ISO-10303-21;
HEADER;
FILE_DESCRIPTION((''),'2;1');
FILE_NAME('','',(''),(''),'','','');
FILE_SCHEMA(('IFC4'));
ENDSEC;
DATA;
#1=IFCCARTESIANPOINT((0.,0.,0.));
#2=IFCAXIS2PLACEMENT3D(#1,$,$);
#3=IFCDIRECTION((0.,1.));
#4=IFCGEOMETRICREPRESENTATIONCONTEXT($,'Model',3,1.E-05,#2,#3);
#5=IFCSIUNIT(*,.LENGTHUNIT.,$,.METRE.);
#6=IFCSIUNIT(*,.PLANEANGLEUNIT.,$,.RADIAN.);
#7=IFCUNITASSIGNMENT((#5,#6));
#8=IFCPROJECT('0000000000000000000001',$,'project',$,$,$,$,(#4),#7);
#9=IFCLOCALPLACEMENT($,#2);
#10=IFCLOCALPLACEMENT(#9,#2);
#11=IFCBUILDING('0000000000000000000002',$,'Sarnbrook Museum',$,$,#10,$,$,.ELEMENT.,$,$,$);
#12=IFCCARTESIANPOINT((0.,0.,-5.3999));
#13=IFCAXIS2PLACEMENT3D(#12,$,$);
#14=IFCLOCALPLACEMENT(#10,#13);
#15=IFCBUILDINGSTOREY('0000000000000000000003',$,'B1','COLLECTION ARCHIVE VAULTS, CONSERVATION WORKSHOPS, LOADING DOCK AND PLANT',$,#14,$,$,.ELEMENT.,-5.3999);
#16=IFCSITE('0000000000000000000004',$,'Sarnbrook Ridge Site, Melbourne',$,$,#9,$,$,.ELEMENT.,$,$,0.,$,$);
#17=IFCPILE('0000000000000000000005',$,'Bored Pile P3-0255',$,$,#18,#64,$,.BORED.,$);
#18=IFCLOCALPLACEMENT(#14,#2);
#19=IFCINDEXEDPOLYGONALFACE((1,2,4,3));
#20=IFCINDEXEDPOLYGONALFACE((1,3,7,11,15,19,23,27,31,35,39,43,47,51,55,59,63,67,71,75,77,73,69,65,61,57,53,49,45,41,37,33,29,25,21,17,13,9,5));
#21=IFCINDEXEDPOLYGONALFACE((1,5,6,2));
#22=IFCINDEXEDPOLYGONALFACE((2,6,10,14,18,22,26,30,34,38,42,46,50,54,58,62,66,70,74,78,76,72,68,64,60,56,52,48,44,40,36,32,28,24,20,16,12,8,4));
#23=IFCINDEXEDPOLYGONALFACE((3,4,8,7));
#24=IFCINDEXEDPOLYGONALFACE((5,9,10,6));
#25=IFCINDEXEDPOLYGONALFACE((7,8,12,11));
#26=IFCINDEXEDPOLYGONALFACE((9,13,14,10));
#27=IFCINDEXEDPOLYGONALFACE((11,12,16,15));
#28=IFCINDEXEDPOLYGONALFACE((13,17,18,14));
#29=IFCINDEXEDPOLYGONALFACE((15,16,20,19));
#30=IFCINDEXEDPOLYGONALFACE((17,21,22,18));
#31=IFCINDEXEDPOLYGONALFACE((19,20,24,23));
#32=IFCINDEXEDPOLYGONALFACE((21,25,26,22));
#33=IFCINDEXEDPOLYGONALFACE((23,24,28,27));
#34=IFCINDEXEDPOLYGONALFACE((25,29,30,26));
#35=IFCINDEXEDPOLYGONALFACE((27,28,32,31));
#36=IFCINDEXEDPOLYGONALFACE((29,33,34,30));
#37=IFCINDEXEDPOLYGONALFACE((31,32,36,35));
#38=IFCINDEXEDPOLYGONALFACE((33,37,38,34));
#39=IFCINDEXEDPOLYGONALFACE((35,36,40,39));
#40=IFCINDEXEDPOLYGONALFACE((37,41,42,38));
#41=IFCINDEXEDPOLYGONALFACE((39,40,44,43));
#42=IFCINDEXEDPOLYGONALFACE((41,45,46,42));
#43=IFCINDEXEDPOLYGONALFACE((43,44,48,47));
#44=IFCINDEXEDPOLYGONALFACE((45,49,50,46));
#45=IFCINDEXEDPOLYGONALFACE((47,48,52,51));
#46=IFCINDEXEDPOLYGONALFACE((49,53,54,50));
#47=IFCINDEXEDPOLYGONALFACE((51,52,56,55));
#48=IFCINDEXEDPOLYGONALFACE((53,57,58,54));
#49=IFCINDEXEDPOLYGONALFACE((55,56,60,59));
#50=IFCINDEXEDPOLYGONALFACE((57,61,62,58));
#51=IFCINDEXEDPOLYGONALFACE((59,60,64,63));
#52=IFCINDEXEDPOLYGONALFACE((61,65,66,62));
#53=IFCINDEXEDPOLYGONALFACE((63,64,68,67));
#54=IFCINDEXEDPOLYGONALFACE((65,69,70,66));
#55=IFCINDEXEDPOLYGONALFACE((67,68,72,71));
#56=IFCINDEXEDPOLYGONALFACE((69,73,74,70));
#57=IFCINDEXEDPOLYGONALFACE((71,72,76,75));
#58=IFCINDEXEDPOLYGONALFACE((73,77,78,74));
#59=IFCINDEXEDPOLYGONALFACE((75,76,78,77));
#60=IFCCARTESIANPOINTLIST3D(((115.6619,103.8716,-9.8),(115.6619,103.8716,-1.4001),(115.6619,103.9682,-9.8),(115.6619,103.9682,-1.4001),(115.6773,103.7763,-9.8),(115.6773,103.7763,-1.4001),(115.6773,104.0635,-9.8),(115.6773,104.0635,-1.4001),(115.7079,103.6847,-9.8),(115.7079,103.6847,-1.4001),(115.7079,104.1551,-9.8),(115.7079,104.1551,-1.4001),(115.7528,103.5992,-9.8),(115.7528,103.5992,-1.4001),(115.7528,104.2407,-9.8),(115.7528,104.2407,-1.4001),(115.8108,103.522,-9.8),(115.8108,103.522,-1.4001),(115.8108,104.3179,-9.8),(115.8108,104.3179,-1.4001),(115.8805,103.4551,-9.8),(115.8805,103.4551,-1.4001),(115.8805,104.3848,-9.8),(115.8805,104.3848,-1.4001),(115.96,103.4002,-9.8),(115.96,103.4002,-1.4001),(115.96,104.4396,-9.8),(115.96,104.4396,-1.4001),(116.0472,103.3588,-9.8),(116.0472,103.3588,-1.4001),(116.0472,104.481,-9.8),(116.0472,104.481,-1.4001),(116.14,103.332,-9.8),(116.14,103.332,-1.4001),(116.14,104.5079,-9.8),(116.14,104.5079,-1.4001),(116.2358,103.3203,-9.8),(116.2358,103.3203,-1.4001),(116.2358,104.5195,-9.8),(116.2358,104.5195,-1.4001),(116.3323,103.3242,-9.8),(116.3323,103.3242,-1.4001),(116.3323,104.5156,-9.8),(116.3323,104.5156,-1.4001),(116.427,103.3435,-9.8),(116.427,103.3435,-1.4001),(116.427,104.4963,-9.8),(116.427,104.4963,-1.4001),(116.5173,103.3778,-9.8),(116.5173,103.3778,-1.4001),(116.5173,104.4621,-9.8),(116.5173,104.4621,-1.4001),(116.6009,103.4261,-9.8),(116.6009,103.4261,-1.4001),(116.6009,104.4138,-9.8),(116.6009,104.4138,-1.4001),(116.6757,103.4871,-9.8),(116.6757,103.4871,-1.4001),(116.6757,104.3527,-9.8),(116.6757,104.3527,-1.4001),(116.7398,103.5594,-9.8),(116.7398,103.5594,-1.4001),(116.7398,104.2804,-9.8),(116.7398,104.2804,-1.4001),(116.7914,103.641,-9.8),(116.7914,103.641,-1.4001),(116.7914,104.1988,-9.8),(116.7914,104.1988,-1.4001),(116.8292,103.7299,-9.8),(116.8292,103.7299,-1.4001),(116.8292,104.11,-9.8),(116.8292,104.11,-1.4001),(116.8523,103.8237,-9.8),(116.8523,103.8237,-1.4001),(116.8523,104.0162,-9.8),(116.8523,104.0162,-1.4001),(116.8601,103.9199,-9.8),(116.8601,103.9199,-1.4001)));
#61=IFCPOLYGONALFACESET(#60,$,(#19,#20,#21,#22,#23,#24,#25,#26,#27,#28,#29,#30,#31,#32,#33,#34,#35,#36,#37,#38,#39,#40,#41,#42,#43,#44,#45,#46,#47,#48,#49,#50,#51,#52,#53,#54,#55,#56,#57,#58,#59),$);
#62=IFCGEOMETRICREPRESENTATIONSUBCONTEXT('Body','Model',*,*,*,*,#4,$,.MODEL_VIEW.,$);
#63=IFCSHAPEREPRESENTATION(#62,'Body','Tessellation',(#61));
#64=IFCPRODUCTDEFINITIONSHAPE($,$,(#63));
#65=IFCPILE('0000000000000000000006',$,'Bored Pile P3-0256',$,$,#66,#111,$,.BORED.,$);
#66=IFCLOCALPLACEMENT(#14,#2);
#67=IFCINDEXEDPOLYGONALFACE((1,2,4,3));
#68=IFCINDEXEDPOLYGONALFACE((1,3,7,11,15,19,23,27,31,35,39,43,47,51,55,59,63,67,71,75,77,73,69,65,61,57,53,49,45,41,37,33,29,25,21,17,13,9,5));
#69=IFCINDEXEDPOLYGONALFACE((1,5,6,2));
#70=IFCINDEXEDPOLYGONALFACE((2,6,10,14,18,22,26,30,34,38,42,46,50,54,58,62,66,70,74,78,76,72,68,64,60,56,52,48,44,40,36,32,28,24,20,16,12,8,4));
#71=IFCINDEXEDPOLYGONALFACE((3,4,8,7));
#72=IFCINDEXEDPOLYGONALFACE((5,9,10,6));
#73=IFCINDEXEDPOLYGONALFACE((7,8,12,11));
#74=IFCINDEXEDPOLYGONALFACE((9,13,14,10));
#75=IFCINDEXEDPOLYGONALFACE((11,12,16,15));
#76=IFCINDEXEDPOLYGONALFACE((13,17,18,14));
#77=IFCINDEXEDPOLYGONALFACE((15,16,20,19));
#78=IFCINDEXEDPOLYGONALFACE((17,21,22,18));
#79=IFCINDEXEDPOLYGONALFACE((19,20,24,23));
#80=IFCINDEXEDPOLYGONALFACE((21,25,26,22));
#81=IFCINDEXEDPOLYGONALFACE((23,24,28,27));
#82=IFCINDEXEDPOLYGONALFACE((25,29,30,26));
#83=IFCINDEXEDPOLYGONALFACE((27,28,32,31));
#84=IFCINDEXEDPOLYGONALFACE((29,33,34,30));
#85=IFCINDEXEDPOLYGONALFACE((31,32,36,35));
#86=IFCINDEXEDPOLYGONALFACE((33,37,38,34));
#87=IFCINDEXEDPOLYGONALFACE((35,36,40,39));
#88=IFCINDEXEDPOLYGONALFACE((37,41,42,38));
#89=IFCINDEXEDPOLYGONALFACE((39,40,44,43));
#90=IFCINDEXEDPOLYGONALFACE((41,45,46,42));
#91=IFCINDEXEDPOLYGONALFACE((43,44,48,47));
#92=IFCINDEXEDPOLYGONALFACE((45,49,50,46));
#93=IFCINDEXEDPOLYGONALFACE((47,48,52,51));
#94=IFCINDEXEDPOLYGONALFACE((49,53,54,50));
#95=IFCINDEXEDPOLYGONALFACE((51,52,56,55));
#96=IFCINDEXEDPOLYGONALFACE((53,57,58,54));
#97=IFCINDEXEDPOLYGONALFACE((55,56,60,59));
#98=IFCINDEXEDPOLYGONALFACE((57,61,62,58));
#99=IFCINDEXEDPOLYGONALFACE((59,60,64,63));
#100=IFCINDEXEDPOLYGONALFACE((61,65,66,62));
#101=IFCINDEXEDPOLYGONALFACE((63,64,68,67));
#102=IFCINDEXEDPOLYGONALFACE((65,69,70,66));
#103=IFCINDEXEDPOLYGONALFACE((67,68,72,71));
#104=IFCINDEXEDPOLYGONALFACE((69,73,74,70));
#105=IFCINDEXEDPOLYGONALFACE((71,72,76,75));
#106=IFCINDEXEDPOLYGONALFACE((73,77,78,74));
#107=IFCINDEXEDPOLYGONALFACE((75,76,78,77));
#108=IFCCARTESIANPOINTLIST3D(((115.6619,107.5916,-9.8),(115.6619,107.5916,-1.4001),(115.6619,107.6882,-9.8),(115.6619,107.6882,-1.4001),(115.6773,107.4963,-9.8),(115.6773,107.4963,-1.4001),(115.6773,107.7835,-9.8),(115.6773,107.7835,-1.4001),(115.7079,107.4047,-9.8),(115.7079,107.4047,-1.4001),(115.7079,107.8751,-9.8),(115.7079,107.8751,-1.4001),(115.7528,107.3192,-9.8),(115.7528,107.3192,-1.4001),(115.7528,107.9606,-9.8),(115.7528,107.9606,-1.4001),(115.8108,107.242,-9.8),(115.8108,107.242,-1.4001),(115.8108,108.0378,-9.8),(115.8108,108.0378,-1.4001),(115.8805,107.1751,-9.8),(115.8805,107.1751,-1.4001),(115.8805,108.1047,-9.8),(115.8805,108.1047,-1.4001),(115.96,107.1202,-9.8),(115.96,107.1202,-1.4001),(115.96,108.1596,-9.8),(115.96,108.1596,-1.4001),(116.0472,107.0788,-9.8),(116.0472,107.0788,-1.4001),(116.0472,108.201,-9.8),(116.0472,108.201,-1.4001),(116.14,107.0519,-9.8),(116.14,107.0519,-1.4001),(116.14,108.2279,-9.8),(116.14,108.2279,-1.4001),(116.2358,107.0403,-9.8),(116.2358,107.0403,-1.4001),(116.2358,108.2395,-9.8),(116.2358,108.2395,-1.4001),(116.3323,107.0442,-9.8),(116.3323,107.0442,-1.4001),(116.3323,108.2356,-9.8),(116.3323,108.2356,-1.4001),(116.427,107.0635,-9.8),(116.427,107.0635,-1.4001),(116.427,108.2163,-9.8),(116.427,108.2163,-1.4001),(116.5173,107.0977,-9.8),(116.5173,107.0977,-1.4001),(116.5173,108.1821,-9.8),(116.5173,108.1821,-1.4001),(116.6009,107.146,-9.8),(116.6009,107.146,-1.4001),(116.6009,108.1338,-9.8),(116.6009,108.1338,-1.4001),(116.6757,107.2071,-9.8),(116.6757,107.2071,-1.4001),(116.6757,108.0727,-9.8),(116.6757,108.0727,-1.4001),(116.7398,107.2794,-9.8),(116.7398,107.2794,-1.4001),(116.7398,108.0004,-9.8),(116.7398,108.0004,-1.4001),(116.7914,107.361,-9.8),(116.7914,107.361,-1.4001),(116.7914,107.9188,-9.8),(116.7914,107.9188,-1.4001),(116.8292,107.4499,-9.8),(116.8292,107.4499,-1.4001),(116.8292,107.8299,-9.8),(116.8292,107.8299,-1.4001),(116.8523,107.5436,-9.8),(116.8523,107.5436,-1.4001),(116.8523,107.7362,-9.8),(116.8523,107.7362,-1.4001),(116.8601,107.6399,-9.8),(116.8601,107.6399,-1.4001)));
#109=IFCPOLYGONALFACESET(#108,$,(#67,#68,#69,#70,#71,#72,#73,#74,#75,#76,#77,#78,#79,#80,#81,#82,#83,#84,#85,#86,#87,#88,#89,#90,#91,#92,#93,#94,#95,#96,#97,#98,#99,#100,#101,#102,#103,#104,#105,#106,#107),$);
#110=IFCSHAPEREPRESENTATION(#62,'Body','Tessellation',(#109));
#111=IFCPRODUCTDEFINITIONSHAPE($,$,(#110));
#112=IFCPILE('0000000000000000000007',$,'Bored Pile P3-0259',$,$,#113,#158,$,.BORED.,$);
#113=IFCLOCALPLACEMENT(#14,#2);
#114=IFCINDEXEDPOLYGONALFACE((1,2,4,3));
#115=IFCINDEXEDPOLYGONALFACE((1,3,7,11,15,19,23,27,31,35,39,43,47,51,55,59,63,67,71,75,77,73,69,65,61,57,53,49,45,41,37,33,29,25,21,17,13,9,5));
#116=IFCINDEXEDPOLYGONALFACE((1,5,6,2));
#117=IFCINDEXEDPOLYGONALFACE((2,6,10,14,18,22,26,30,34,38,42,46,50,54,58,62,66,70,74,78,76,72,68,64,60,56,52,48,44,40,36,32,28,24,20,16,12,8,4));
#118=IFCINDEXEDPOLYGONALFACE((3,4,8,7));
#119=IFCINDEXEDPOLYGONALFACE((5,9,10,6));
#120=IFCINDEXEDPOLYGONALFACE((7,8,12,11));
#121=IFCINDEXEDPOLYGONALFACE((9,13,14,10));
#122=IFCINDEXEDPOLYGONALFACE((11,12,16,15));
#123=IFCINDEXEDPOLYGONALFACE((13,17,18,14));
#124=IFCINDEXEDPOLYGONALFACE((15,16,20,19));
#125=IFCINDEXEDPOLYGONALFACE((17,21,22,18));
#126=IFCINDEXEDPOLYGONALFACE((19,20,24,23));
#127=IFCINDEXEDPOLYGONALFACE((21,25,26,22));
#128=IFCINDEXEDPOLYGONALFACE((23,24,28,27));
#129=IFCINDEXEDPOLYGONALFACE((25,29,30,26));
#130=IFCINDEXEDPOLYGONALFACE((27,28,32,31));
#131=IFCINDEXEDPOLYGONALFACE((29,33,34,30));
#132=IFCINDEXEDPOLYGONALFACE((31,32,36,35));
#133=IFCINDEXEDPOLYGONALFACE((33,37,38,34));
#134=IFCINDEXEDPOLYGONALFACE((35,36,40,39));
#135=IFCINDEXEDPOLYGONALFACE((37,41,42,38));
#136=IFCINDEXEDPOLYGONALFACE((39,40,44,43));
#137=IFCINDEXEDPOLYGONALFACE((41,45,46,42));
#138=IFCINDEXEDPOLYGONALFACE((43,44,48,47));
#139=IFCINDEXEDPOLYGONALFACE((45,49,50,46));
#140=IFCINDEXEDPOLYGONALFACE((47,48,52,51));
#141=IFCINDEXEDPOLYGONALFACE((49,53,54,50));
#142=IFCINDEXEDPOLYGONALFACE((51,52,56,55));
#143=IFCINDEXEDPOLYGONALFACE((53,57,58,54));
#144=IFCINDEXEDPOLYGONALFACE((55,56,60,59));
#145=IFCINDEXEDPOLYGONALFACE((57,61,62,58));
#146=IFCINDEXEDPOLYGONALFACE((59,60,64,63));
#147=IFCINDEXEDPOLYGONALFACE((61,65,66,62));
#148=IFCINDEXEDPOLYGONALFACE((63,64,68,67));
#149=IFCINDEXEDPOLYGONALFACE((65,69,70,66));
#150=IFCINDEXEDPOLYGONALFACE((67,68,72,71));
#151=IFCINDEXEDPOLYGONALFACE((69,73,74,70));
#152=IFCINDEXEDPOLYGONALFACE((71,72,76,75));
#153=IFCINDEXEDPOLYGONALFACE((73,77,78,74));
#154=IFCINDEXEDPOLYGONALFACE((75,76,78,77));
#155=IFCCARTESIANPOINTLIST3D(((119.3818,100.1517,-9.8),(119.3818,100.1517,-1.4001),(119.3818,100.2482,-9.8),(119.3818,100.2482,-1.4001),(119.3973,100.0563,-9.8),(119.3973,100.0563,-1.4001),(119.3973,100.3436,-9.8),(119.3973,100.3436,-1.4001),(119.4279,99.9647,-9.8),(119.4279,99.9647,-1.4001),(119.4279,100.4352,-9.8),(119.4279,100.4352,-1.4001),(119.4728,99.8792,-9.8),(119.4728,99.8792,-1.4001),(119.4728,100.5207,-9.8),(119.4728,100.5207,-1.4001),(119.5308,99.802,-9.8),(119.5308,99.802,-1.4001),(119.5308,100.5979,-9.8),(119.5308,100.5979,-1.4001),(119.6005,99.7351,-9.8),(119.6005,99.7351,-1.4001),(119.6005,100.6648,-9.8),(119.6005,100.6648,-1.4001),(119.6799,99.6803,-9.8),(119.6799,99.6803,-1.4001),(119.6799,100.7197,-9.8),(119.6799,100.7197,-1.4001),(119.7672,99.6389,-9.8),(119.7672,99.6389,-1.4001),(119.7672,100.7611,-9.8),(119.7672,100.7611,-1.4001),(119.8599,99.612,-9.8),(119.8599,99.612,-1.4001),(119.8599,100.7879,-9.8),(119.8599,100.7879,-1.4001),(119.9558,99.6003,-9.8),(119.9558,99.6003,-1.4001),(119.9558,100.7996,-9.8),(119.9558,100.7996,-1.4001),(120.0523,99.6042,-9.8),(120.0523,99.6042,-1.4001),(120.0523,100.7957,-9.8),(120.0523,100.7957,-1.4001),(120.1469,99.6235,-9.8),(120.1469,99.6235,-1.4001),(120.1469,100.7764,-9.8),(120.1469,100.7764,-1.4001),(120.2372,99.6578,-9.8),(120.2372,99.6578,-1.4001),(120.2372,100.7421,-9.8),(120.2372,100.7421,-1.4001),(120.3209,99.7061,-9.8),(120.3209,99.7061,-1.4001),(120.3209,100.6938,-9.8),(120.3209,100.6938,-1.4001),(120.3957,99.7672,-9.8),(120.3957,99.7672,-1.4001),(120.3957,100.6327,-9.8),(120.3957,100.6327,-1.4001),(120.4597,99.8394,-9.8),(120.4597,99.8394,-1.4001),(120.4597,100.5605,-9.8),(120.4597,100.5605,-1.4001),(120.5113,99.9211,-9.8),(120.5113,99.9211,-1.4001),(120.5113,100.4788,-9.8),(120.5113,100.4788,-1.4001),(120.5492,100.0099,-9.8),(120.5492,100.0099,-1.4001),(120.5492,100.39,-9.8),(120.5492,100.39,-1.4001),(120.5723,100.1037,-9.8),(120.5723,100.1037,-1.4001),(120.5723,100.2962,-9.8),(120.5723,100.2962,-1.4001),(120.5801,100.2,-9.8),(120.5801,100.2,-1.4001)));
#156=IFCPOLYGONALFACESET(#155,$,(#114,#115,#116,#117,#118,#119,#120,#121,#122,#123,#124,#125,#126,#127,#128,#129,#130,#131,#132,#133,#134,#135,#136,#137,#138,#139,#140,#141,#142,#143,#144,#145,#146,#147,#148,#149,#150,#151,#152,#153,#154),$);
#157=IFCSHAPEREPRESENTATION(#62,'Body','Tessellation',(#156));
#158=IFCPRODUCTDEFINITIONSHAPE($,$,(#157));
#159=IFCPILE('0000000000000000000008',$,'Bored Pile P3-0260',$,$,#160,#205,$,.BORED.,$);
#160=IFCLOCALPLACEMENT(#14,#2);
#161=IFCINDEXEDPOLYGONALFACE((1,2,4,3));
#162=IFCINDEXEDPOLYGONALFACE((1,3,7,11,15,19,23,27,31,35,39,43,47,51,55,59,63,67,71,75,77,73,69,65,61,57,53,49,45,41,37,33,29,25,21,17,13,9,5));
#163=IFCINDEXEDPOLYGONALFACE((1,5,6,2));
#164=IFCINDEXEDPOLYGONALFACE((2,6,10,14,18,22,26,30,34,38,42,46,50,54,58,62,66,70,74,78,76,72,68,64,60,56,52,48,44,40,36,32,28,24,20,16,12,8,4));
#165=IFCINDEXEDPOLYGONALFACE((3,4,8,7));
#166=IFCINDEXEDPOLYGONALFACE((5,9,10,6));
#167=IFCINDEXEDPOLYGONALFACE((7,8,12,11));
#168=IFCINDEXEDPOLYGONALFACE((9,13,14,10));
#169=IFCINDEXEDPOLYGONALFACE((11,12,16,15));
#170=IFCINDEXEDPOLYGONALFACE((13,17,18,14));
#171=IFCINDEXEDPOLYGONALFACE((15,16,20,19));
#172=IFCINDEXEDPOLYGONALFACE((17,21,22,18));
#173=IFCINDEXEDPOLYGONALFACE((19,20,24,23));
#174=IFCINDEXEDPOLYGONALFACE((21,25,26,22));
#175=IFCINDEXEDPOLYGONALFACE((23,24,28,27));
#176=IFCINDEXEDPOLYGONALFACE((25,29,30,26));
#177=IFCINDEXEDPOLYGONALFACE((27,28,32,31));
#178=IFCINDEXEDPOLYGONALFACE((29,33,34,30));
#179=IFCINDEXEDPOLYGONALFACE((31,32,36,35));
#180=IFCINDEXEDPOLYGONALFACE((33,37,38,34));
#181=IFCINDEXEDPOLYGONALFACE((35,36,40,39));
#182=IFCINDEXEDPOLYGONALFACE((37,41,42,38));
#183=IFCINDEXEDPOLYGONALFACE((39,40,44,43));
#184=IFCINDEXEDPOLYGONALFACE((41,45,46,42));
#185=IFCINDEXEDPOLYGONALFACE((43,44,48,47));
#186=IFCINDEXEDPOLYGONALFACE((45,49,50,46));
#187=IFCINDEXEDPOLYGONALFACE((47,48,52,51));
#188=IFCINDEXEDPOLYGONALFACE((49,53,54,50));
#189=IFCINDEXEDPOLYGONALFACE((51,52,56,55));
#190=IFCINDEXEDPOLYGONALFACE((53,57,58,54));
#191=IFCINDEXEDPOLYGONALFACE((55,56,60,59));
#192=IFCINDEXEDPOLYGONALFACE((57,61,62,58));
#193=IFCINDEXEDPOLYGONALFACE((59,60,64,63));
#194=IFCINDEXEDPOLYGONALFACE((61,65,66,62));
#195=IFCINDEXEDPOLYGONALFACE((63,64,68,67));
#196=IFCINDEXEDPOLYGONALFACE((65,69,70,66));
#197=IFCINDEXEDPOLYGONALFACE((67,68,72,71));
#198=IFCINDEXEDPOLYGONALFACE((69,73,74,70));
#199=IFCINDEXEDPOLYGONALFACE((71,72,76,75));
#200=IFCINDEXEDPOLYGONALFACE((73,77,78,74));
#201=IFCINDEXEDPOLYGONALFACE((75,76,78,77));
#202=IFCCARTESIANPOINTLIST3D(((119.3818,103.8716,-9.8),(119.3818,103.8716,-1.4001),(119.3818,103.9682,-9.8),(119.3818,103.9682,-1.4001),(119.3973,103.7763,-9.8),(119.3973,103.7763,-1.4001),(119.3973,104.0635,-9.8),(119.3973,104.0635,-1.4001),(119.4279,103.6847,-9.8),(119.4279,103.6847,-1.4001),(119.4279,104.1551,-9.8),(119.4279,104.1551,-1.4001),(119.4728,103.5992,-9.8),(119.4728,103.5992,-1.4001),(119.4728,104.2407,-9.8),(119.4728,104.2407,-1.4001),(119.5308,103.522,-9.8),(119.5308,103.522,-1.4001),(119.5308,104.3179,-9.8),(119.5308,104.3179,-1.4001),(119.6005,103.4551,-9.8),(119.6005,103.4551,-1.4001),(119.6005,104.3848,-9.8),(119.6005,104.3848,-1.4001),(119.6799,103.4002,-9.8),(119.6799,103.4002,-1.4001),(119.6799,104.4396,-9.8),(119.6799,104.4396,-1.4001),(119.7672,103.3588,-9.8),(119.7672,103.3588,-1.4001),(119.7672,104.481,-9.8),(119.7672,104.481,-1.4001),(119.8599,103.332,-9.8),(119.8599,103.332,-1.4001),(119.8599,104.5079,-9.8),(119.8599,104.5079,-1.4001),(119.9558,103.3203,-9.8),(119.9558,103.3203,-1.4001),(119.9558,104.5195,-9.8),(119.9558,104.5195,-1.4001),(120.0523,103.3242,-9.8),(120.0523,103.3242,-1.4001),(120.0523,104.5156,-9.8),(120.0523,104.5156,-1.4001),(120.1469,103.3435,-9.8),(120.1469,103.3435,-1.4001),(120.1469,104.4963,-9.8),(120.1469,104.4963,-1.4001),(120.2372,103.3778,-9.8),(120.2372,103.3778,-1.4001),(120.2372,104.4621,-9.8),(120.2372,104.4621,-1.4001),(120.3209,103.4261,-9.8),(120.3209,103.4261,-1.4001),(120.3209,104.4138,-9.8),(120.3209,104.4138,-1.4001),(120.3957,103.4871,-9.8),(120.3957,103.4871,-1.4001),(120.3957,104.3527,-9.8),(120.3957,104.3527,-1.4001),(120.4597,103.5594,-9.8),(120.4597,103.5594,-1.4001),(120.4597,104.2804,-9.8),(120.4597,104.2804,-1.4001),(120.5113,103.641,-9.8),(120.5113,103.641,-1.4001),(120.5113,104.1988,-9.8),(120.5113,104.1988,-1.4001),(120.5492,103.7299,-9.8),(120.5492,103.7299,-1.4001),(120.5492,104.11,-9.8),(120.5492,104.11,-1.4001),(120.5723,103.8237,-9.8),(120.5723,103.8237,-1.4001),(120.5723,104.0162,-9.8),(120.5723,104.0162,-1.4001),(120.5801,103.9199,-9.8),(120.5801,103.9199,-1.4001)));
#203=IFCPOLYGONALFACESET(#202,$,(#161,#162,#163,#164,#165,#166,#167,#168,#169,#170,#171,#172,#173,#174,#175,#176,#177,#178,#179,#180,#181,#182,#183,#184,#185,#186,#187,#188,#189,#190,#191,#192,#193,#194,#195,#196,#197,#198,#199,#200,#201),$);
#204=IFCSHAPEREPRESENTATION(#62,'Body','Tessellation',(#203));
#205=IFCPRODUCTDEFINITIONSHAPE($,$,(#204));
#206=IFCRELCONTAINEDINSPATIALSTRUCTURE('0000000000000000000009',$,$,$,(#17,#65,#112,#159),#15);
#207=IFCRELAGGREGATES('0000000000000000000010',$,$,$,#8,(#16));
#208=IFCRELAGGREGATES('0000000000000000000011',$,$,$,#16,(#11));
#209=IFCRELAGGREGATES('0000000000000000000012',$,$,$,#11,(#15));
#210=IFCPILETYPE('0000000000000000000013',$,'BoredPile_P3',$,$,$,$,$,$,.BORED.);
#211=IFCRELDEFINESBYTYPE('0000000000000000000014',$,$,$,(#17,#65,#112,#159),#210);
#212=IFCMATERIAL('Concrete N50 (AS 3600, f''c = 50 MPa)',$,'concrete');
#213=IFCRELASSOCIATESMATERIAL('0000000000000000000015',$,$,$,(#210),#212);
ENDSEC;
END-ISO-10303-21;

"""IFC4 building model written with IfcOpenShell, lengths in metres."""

from ifc_helpers import new_model, si_unit, direction, frame, origin, origin_2d, place, context, subcontext, project, spatial, circle, extrude, material, material_profile, profile_set, type_object, element, save


model = new_model("IFC4")

# Units and contexts
model_context = context("Model", 3, precision=1e-05, world=origin(), true_north=direction((0.0, 1.0)))
body_context = subcontext(model_context, "Body", "Model", "MODEL_VIEW")
ifc_project = project(units=[si_unit("LENGTHUNIT", "METRE"), si_unit("PLANEANGLEUNIT", "RADIAN")], contexts=[model_context])

# Site, building, storey
site_placement = place(None, origin())
site = spatial("IfcSite", under=ifc_project, at=site_placement, Name="Sarnbrook Ridge Site, Melbourne", CompositionType="ELEMENT", RefElevation=0.0)
building_placement = place(site_placement, origin())
building = spatial("IfcBuilding", under=site, at=building_placement, Name="Sarnbrook Museum", CompositionType="ELEMENT")
storey_placement = place(building_placement, frame((0.0, 0.0, -5.3999)))
storey = spatial("IfcBuildingStorey", under=building, at=storey_placement, Name="B1", Description="COLLECTION ARCHIVE VAULTS, CONSERVATION WORKSHOPS, LOADING DOCK AND PLANT", CompositionType="ELEMENT", Elevation=-5.3999)

# Piles
ifc_material_1 = material(Name="Concrete N50 (AS 3600, f'c = 50 MPa)", Category="concrete")
ifc_material_profile_1 = material_profile(ifc_material_1, circle(Radius=0.6001, at=origin_2d()), Name="BORED PILE D1200")
ifc_profile_set_1 = profile_set([ifc_material_profile_1], Name="Concrete N50 (AS 3600, f'c = 50 MPa)")
pile_type_1 = type_object("IfcPileType", Name="BoredPile_P3", PredefinedType="BORED", material=ifc_profile_set_1)
for number, where, z_axis, x_axis, name in (
    (1, (116.26, 103.9199, -1.4001), (0.0, 0.0, -1.0), (1.0, 0.0, 0.0), "Bored Pile P3-0255"),
    (2, (116.26, 107.6399, -1.4001), (0.0, 0.0, -1.0), (1.0, 0.0, 0.0), "Bored Pile P3-0256"),
    (3, (119.98, 100.2, -1.4001), (0.0, 0.0, -1.0), (1.0, 0.0, 0.0), "Bored Pile P3-0259"),
    (4, (119.98, 103.9199, -1.4001), (0.0, 0.0, -1.0), (1.0, 0.0, 0.0), "Bored Pile P3-0260"),
):
    element("IfcPile", number, at=place(storey_placement, frame(where, z_axis=z_axis, x_axis=x_axis)), inside=storey, type_object=pile_type_1, Name=name, PredefinedType="BORED", context=body_context, shape_type="SweptSolid", body=[
        extrude(circle(Radius=0.6001, at=origin_2d()), origin(), (0.0, 0.0, 1.0), 8.3999),
    ])

save(model, "model.ifc")
